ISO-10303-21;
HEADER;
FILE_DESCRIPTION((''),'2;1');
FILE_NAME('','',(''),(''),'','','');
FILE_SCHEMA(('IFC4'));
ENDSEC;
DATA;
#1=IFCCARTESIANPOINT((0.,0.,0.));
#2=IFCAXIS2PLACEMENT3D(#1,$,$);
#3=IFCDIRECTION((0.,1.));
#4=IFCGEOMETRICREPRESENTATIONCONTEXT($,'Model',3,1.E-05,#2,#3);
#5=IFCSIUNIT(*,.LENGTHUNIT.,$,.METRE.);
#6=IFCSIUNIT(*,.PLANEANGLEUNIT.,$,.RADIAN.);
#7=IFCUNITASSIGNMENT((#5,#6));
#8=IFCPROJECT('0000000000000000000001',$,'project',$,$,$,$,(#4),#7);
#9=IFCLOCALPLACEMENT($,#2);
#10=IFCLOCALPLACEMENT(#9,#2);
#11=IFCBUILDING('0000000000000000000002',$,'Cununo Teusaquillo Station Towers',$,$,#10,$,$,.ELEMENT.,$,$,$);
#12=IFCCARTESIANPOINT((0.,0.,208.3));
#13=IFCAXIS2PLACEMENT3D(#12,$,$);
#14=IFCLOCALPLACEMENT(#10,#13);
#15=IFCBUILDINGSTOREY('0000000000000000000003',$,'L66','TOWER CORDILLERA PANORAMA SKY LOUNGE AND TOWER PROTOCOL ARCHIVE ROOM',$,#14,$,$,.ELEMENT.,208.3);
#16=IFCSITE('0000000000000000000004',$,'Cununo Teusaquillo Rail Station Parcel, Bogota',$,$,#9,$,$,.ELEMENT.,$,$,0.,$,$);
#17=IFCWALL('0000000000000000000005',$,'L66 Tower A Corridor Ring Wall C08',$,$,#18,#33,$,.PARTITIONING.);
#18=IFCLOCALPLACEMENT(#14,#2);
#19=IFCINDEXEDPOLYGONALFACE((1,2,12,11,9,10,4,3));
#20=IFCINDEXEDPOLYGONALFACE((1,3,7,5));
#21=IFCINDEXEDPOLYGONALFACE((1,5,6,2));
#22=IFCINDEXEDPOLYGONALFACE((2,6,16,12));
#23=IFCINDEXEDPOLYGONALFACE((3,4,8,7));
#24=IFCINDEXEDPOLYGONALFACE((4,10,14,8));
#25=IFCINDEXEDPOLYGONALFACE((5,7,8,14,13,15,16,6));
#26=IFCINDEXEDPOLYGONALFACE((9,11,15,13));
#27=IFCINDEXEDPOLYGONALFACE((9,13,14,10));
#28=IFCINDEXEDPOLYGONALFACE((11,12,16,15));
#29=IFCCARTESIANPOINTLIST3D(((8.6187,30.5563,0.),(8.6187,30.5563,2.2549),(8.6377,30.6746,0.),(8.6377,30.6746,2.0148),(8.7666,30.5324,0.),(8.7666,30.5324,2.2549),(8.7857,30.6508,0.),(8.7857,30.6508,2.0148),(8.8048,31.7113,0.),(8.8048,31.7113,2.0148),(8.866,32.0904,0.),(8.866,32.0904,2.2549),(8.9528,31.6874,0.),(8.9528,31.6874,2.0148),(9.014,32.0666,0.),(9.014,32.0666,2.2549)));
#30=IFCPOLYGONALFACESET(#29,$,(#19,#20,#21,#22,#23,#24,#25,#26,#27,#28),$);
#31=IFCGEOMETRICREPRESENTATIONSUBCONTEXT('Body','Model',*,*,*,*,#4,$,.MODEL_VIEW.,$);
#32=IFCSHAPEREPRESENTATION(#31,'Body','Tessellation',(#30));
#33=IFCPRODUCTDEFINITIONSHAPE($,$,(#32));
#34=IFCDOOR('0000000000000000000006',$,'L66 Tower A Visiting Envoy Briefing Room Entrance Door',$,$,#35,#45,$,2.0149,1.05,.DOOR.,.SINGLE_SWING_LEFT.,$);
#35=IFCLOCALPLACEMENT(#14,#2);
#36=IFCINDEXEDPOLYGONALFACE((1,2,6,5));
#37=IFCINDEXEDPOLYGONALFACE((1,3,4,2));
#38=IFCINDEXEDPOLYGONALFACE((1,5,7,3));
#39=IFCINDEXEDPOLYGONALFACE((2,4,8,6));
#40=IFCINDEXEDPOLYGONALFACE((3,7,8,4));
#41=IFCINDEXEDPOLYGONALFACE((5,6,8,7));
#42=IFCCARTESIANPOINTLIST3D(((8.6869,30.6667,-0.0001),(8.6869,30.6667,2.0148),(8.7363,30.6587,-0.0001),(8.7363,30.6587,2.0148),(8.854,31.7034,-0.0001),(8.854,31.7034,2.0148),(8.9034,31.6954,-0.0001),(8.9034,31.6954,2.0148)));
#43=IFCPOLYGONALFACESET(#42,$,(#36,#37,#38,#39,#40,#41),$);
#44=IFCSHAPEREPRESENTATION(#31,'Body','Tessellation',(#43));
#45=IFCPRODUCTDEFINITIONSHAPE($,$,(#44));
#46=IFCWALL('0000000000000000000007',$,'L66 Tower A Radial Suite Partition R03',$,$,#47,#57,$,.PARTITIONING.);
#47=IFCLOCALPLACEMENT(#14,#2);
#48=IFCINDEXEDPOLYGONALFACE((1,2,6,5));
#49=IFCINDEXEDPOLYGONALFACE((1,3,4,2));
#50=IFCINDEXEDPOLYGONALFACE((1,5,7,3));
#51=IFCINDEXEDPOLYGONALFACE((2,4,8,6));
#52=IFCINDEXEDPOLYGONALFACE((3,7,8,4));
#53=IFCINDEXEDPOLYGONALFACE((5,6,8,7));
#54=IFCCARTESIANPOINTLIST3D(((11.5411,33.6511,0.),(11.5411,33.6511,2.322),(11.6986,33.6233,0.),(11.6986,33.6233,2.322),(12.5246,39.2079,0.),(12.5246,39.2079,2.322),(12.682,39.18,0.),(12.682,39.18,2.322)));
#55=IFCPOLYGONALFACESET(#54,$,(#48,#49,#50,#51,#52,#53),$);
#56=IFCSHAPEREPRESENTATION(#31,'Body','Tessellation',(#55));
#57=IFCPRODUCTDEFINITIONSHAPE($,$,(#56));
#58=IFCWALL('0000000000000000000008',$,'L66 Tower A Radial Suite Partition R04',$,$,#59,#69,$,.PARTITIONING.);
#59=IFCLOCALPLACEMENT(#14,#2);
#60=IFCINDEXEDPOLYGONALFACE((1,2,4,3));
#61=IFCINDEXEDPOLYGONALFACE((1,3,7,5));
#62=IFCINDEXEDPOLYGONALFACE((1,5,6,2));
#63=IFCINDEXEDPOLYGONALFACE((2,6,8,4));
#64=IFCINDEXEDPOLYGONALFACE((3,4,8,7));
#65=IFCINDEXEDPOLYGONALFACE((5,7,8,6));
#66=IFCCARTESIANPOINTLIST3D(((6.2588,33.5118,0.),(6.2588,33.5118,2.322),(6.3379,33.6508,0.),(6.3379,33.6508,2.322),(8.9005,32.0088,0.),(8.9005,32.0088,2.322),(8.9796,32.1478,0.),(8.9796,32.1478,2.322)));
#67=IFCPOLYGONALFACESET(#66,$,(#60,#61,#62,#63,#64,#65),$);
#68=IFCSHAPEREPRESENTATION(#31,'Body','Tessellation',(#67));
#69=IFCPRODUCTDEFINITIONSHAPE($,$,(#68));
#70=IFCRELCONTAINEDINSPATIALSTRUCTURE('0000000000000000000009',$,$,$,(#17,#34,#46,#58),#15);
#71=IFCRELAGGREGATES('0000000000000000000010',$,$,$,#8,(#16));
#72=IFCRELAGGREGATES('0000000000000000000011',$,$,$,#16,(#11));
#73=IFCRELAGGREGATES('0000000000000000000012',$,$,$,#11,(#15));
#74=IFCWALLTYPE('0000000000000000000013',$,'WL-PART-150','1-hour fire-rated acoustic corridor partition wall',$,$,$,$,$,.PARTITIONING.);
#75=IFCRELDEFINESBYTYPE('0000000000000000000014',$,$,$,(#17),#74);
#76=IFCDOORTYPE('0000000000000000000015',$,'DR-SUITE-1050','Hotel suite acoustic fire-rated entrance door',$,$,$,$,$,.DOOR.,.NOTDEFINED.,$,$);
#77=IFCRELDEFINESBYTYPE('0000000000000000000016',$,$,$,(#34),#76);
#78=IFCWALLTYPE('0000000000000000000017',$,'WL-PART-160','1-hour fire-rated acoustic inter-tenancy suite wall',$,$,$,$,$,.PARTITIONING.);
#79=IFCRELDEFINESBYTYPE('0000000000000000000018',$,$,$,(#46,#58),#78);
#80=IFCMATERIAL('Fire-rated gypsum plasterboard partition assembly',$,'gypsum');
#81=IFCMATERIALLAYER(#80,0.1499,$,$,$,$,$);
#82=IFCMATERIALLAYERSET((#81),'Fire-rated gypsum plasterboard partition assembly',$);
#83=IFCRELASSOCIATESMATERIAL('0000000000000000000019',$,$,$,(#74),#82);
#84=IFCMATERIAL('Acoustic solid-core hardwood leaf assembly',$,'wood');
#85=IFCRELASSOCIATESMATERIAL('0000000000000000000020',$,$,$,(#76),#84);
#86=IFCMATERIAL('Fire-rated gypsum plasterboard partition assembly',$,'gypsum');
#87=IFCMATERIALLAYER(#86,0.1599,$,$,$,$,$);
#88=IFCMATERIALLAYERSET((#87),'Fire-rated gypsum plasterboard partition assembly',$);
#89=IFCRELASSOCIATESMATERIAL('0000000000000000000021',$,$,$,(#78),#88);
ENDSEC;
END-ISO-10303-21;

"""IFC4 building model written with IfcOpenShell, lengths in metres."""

from ifc_helpers import new_model, si_unit, direction, frame, frame_2d, origin, place, context, subcontext, project, spatial, rectangle, extrude, source, transform, mapped, material, layer, layer_set, type_object, element, fill, save


model = new_model("IFC4")

# Units and contexts
model_context = context("Model", 3, precision=1e-05, world=origin(), true_north=direction((0.0, 1.0)))
body_context = subcontext(model_context, "Body", "Model", "MODEL_VIEW")
ifc_project = project(units=[si_unit("LENGTHUNIT", "METRE"), si_unit("PLANEANGLEUNIT", "RADIAN")], contexts=[model_context])

# Site, building, storey
site_placement = place(None, origin())
site = spatial("IfcSite", under=ifc_project, at=site_placement, Name="Cununo Teusaquillo Rail Station Parcel, Bogota", CompositionType="ELEMENT", RefElevation=0.0)
building_placement = place(site_placement, origin())
building = spatial("IfcBuilding", under=site, at=building_placement, Name="Cununo Teusaquillo Station Towers", CompositionType="ELEMENT")
storey_placement = place(building_placement, frame((0.0, 0.0, 208.3)))
storey = spatial("IfcBuildingStorey", under=building, at=storey_placement, Name="L66", Description="TOWER CORDILLERA PANORAMA SKY LOUNGE AND TOWER PROTOCOL ARCHIVE ROOM", CompositionType="ELEMENT", Elevation=208.3)

# Shared definitions
ifc_material_1 = material(Name="Fire-rated gypsum plasterboard partition assembly", Category="gypsum")
ifc_layer_1 = layer(ifc_material_1, 0.1499)
ifc_layer_set_1 = layer_set([ifc_layer_1], Name="Fire-rated gypsum plasterboard partition assembly")
wall_type_1 = type_object("IfcWallType", Name="WL-PART-150", Description="1-hour fire-rated acoustic corridor partition wall", PredefinedType="PARTITIONING", material=ifc_layer_set_1)

# Wall, opening, door
shared_shape_1 = source(origin(), body_context, "Body", "SweptSolid", [
    extrude(rectangle(XDim=1.05, YDim=2.0149, at=frame_2d((0.5249, 1.0073))), frame((0.0, 0.085, 0.0), z_axis=(0.0, -1.0, 0.0), x_axis=(1.0, 0.0, 0.0)), (0.0, 0.0, 1.0), 0.1699),
])
ifc_material_2 = material(Name="Acoustic solid-core hardwood leaf assembly", Category="wood")
door_type = type_object("IfcDoorType", Name="DR-SUITE-1050", Description="Hotel suite acoustic fire-rated entrance door", OperationType="NOTDEFINED", PredefinedType="DOOR", material=ifc_material_2)
shared_shape_2 = source(origin(), body_context, "Body", "SweptSolid", [
    extrude(rectangle(XDim=1.05, YDim=2.0149, at=frame_2d((0.5249, 1.0073))), frame((0.0, 0.0249, 0.0), z_axis=(0.0, -1.0, 0.0), x_axis=(1.0, 0.0, 0.0)), (0.0, 0.0, 1.0), 0.05),
])
wall_1_placement = place(storey_placement, frame((8.9399, 32.0784, 0.0), z_axis=(0.0, 0.0, 1.0), x_axis=(-0.159148, -0.987255, 0.0)))
wall_1 = element("IfcWall", 1, at=wall_1_placement, inside=storey, type_object=wall_type_1, Name="L66 Tower A Corridor Ring Wall C08", PredefinedType="PARTITIONING", context=body_context, shape_type="SweptSolid", body=[
    extrude(rectangle(XDim=1.554, YDim=0.1499, at=frame_2d((0.7769, 0.0))), origin(), (0.0, 0.0, 1.0), 2.2549),
])
opening_1_placement = place(wall_1_placement, frame((0.384, 0.0, 0.0)))
opening_1 = element("IfcOpeningElement", 2, at=opening_1_placement, cuts=wall_1, PredefinedType="OPENING", context=body_context, shape_type="MappedRepresentation", body=[
    mapped(shared_shape_1, transform((0.0, 0.0, 0.0), x_axis=(1.0, 0.0, 0.0), y_axis=(0.0, 1.0, 0.0), z_axis=(0.0, 0.0, 1.0), scale=1.0)),
])
door_1_placement = place(opening_1_placement, origin())
door_1 = element("IfcDoor", 3, at=door_1_placement, inside=storey, type_object=door_type, Name="L66 Tower A Visiting Envoy Briefing Room Entrance Door", OperationType="SINGLE_SWING_LEFT", OverallHeight=2.0149, OverallWidth=1.05, PredefinedType="DOOR", context=body_context, shape_type="MappedRepresentation", body=[
    mapped(shared_shape_2, transform((0.0, 0.0, 0.0), x_axis=(1.0, 0.0, 0.0), y_axis=(0.0, 1.0, 0.0), z_axis=(0.0, 0.0, 1.0), scale=1.0)),
])
fill(opening_1, door_1)

# Walls
ifc_material_3 = material(Name="Fire-rated gypsum plasterboard partition assembly", Category="gypsum")
ifc_layer_2 = layer(ifc_material_3, 0.1599)
ifc_layer_set_2 = layer_set([ifc_layer_2], Name="Fire-rated gypsum plasterboard partition assembly")
wall_type_2 = type_object("IfcWallType", Name="WL-PART-160", Description="1-hour fire-rated acoustic inter-tenancy suite wall", PredefinedType="PARTITIONING", material=ifc_layer_set_2)
wall_2_placement = place(storey_placement, frame((11.6199, 33.6372, 0.0), z_axis=(0.0, 0.0, 1.0), x_axis=(0.174269, 0.984698, 0.0)))
element("IfcWall", 4, at=wall_2_placement, inside=storey, type_object=wall_type_2, Name="L66 Tower A Radial Suite Partition R03", PredefinedType="PARTITIONING", context=body_context, shape_type="SweptSolid", body=[
    extrude(rectangle(XDim=5.6431, YDim=0.1599, at=frame_2d((2.8215, 0.0))), origin(), (0.0, 0.0, 1.0), 2.322),
])
wall_3_placement = place(storey_placement, frame((8.9399, 32.0784, 0.0), z_axis=(0.0, 0.0, 1.0), x_axis=(-0.869171, 0.494512, 0.0)))
element("IfcWall", 5, at=wall_3_placement, inside=storey, type_object=wall_type_2, Name="L66 Tower A Radial Suite Partition R04", PredefinedType="PARTITIONING", context=body_context, shape_type="SweptSolid", body=[
    extrude(rectangle(XDim=3.0393, YDim=0.1599, at=frame_2d((1.5195, 0.0))), origin(), (0.0, 0.0, 1.0), 2.322),
])

save(model, "model.ifc")
